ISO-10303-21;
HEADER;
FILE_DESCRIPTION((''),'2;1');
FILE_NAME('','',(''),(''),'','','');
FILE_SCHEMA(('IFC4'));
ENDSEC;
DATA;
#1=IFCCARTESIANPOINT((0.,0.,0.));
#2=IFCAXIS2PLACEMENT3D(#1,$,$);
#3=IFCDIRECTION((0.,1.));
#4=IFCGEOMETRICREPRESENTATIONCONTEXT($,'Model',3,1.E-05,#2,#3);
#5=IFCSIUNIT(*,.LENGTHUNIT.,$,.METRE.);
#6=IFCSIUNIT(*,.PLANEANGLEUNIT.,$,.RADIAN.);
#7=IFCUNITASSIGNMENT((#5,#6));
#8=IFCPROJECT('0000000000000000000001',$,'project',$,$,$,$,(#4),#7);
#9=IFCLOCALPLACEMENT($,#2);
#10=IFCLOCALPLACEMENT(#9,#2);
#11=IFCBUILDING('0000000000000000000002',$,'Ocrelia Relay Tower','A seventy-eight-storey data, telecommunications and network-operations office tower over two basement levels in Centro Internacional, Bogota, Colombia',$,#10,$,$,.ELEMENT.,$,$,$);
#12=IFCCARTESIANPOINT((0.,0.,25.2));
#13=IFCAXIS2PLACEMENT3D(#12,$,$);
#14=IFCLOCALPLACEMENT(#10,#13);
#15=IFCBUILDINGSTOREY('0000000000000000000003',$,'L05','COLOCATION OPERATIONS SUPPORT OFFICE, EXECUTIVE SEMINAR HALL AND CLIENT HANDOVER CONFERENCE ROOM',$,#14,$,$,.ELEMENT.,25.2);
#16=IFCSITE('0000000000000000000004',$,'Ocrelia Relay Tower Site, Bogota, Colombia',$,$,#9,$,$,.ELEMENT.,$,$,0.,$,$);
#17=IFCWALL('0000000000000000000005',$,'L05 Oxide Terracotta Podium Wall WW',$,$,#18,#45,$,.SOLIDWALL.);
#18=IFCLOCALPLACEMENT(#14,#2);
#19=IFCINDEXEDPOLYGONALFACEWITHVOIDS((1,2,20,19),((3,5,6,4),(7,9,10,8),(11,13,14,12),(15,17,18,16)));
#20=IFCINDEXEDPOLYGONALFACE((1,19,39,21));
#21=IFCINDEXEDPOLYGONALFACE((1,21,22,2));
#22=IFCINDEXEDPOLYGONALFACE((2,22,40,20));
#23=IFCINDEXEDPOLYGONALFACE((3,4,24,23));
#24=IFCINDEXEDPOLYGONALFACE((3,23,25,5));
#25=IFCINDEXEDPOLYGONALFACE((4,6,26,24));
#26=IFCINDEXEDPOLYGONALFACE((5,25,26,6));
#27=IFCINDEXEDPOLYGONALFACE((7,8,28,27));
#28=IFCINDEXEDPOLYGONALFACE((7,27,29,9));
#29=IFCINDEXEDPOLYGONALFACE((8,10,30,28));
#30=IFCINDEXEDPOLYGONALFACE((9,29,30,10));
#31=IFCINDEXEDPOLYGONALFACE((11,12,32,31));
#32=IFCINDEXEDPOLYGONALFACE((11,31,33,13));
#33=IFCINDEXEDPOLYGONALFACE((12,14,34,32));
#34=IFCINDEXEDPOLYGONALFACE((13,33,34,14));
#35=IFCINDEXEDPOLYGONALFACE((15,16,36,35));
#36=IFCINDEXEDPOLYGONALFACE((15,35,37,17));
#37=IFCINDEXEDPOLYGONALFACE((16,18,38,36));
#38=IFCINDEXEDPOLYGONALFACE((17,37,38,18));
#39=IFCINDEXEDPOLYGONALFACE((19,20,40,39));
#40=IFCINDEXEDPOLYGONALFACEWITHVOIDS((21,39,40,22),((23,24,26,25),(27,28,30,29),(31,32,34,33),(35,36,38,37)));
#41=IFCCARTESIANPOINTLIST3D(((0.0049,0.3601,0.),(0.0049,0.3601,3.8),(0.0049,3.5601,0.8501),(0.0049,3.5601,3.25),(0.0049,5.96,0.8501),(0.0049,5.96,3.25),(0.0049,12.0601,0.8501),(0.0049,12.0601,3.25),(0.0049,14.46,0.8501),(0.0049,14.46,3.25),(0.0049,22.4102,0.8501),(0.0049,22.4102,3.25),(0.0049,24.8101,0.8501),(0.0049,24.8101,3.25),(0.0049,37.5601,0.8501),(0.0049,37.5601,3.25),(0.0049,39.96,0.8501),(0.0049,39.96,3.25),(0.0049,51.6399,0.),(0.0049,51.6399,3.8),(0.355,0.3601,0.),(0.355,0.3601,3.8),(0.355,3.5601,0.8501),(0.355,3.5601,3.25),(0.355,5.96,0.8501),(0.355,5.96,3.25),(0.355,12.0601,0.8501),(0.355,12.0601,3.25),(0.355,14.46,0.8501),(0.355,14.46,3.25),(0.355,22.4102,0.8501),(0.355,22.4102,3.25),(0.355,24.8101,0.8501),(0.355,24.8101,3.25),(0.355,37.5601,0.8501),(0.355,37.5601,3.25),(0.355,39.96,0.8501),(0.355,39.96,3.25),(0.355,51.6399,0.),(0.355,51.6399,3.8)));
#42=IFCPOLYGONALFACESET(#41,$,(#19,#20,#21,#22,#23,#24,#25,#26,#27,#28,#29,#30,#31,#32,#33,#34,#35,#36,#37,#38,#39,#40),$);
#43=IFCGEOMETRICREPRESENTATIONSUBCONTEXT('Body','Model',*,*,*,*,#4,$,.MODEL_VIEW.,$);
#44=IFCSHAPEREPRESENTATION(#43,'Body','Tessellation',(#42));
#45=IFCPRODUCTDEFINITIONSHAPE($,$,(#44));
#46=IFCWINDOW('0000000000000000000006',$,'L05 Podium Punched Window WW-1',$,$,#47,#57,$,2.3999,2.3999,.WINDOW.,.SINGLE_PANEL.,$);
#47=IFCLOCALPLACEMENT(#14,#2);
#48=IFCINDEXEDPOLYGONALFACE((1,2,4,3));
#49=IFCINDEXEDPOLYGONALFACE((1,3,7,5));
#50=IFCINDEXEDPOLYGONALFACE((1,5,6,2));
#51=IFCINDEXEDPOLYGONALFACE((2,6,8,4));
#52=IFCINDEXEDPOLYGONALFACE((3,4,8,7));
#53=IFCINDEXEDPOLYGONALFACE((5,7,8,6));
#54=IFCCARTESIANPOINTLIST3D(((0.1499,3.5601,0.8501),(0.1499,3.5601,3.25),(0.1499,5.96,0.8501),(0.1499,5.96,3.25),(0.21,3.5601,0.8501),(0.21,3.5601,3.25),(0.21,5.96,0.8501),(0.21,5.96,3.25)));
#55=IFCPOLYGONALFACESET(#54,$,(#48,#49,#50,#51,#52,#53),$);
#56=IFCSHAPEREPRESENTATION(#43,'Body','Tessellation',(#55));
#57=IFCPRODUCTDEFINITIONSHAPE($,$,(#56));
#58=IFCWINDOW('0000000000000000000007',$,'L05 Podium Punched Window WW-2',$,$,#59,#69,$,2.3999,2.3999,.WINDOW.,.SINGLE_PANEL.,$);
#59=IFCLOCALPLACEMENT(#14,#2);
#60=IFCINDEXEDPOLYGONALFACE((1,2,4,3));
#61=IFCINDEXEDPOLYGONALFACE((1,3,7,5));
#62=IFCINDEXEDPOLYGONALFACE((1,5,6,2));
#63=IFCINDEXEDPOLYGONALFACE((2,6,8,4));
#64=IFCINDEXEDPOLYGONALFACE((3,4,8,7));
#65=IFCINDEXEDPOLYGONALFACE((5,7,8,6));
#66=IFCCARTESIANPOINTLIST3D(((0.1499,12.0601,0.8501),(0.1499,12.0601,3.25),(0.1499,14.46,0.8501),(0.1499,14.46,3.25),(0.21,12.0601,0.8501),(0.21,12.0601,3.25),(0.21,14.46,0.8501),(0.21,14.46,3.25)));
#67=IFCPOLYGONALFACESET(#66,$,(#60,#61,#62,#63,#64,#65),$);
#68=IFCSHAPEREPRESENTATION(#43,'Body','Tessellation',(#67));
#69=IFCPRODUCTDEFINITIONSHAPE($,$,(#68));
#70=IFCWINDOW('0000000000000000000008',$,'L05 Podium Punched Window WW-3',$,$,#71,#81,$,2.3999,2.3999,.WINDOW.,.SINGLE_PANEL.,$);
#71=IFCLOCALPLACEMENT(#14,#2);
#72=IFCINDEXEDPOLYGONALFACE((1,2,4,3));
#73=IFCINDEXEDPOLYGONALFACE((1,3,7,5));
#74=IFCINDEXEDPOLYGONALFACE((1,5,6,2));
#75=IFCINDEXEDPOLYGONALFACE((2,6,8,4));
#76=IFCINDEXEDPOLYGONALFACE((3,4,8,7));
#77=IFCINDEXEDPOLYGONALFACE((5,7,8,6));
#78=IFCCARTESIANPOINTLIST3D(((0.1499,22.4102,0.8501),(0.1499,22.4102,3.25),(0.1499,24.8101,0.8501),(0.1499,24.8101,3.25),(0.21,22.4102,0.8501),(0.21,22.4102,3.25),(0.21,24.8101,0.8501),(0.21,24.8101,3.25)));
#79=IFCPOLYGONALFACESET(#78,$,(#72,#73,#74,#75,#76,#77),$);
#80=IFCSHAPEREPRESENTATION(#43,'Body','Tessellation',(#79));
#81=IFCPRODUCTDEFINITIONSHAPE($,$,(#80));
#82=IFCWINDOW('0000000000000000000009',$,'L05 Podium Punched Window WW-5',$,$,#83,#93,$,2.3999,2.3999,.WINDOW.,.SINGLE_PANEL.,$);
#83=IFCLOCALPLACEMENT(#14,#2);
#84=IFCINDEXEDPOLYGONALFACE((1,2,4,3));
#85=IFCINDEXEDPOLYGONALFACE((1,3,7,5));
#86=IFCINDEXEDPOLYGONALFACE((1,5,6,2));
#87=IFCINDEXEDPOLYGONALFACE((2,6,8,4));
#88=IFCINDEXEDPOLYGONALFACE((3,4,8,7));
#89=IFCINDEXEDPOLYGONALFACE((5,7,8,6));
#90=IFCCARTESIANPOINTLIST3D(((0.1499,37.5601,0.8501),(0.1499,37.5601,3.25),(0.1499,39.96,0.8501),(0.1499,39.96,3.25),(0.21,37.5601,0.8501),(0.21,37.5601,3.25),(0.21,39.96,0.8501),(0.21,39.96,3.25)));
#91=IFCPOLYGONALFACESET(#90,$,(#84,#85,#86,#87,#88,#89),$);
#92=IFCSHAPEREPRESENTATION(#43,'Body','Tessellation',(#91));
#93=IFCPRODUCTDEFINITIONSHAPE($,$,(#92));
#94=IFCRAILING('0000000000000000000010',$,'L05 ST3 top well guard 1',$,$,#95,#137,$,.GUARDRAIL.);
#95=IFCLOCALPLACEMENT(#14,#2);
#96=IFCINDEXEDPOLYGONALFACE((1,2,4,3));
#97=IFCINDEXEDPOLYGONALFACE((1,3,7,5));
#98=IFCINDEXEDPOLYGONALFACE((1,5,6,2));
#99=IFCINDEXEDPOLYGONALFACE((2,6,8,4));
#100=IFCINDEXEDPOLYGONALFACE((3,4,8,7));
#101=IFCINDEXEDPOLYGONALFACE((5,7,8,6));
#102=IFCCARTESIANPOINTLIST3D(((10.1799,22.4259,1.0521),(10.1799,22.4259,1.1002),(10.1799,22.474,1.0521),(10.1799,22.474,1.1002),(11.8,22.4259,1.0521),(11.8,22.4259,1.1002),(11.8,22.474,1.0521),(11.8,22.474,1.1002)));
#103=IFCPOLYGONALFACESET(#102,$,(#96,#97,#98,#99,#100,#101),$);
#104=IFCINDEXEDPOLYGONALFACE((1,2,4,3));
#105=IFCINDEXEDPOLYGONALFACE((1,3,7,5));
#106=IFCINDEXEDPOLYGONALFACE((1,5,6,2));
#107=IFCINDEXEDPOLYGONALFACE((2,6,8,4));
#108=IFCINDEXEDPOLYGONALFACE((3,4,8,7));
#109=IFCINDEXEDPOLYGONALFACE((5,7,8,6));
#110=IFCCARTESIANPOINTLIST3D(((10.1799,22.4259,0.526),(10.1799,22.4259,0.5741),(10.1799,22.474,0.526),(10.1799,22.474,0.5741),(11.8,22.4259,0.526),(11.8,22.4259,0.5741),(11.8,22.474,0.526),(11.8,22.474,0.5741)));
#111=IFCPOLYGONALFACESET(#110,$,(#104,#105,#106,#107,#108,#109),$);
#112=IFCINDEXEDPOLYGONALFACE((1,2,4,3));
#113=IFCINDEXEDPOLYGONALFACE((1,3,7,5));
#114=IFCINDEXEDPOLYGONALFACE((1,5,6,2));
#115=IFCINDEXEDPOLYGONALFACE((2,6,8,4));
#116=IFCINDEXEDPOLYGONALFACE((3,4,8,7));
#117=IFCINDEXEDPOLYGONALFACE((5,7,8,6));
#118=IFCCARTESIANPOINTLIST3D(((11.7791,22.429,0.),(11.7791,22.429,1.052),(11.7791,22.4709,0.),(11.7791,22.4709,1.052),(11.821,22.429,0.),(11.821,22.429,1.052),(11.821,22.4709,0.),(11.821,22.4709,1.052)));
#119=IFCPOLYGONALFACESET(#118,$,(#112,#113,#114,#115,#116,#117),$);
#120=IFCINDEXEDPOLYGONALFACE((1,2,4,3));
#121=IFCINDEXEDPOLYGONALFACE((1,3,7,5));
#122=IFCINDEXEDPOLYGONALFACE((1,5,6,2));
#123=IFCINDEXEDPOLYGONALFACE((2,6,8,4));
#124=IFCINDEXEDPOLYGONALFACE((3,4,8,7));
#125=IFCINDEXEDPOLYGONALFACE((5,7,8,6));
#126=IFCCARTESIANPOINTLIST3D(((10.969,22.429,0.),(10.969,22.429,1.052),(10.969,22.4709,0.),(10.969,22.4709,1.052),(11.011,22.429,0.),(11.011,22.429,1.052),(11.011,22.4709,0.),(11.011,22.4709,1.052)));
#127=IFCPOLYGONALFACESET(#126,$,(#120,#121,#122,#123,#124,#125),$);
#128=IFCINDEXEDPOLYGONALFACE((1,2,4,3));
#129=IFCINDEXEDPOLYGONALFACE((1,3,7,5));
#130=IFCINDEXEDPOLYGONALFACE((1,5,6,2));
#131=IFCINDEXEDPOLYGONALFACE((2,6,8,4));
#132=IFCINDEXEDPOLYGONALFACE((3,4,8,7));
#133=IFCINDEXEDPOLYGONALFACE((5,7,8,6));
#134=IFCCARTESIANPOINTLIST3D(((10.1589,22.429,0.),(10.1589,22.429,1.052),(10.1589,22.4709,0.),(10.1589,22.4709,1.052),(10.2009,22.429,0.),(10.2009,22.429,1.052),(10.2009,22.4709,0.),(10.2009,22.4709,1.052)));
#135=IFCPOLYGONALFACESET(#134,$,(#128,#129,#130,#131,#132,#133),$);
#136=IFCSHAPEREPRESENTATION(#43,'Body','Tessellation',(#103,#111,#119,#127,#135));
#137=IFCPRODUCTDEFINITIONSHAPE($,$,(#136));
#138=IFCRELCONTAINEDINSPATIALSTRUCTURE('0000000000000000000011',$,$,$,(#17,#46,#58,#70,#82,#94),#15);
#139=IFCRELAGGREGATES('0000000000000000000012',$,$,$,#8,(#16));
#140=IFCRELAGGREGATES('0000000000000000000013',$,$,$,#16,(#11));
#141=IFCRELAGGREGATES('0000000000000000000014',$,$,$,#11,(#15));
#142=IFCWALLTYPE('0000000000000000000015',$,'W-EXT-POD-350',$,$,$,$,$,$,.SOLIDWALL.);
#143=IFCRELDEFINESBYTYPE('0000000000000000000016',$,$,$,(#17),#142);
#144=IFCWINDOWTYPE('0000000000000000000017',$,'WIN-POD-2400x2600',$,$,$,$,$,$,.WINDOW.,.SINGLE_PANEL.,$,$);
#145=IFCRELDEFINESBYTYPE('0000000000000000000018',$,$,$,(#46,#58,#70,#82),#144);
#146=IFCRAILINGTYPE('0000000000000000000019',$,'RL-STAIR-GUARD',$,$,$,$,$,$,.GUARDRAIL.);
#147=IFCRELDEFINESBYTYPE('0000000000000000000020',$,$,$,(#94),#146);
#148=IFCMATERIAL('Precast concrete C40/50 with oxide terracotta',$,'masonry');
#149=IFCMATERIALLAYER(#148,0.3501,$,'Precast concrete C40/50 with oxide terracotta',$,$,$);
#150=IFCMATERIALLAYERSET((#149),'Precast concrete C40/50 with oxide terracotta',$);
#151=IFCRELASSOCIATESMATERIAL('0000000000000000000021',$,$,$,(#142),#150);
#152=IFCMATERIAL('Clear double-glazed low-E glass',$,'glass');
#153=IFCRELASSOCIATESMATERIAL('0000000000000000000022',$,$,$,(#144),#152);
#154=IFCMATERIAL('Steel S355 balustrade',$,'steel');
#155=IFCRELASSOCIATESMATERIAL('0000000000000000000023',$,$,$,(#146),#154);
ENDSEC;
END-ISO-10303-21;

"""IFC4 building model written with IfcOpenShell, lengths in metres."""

from ifc_helpers import new_model, si_unit, direction, frame, frame_2d, origin, origin_2d, place, context, subcontext, project, spatial, rectangle, extrude, material, layer, layer_set, type_object, element, fill, save


model = new_model("IFC4")

# Units and contexts
model_context = context("Model", 3, precision=1e-05, world=origin(), true_north=direction((0.0, 1.0)))
body_context = subcontext(model_context, "Body", "Model", "MODEL_VIEW")
ifc_project = project(units=[si_unit("LENGTHUNIT", "METRE"), si_unit("PLANEANGLEUNIT", "RADIAN")], contexts=[model_context])

# Site, building, storey
site_placement = place(None, origin())
site = spatial("IfcSite", under=ifc_project, at=site_placement, Name="Ocrelia Relay Tower Site, Bogota, Colombia", CompositionType="ELEMENT", RefElevation=0.0)
building_placement = place(site_placement, origin())
building = spatial("IfcBuilding", under=site, at=building_placement, Name="Ocrelia Relay Tower", Description="A seventy-eight-storey data, telecommunications and network-operations office tower over two basement levels in Centro Internacional, Bogota, Colombia", CompositionType="ELEMENT")
storey_placement = place(building_placement, frame((0.0, 0.0, 25.2)))
storey = spatial("IfcBuildingStorey", under=building, at=storey_placement, Name="L05", Description="COLOCATION OPERATIONS SUPPORT OFFICE, EXECUTIVE SEMINAR HALL AND CLIENT HANDOVER CONFERENCE ROOM", CompositionType="ELEMENT", Elevation=25.2)

# Wall, openings, windows
ifc_material_1 = material(Name="Precast concrete C40/50 with oxide terracotta", Category="masonry")
ifc_layer_1 = layer(ifc_material_1, 0.3501, Name="Precast concrete C40/50 with oxide terracotta")
ifc_layer_set_1 = layer_set([ifc_layer_1], Name="Precast concrete C40/50 with oxide terracotta")
wall_type_1 = type_object("IfcWallType", Name="W-EXT-POD-350", PredefinedType="SOLIDWALL", material=ifc_layer_set_1)
wall_1_placement = place(storey_placement, frame((0.1799, 0.3601, 0.0), z_axis=(0.0, 0.0, 1.0), x_axis=(0.0, 1.0, 0.0)))
wall_1 = element("IfcWall", 1, at=wall_1_placement, inside=storey, type_object=wall_type_1, Name="L05 Oxide Terracotta Podium Wall WW", PredefinedType="SOLIDWALL", context=body_context, shape_type="SweptSolid", body=[
    extrude(rectangle(XDim=51.2798, YDim=0.3501, at=frame_2d((25.6399, 0.0))), origin(), (0.0, 0.0, 1.0), 3.8),
])
opening_1_placement = place(wall_1_placement, frame((3.2, 0.0, 0.8501)))
opening_1 = element("IfcOpeningElement", 2, at=opening_1_placement, cuts=wall_1, PredefinedType="OPENING", context=body_context, shape_type="SweptSolid", body=[
    extrude(rectangle(XDim=2.3999, YDim=2.3999, at=frame_2d((1.2, 1.2))), frame((0.0, 0.1851, 0.0), z_axis=(0.0, -1.0, 0.0), x_axis=(1.0, 0.0, 0.0)), (0.0, 0.0, 1.0), 0.3701),
])
opening_2_placement = place(wall_1_placement, frame((11.7, 0.0, 0.8501)))
opening_2 = element("IfcOpeningElement", 3, at=opening_2_placement, cuts=wall_1, PredefinedType="OPENING", context=body_context, shape_type="SweptSolid", body=[
    extrude(rectangle(XDim=2.3999, YDim=2.3999, at=frame_2d((1.2, 1.2))), frame((0.0, 0.1851, 0.0), z_axis=(0.0, -1.0, 0.0), x_axis=(1.0, 0.0, 0.0)), (0.0, 0.0, 1.0), 0.3701),
])
opening_3_placement = place(wall_1_placement, frame((22.05, 0.0, 0.8501)))
opening_3 = element("IfcOpeningElement", 4, at=opening_3_placement, cuts=wall_1, PredefinedType="OPENING", context=body_context, shape_type="SweptSolid", body=[
    extrude(rectangle(XDim=2.3999, YDim=2.3999, at=frame_2d((1.2, 1.2))), frame((0.0, 0.1851, 0.0), z_axis=(0.0, -1.0, 0.0), x_axis=(1.0, 0.0, 0.0)), (0.0, 0.0, 1.0), 0.3701),
])
opening_4_placement = place(wall_1_placement, frame((37.2, 0.0, 0.8501)))
opening_4 = element("IfcOpeningElement", 5, at=opening_4_placement, cuts=wall_1, PredefinedType="OPENING", context=body_context, shape_type="SweptSolid", body=[
    extrude(rectangle(XDim=2.3999, YDim=2.3999, at=frame_2d((1.2, 1.2))), frame((0.0, 0.1851, 0.0), z_axis=(0.0, -1.0, 0.0), x_axis=(1.0, 0.0, 0.0)), (0.0, 0.0, 1.0), 0.3701),
])
ifc_material_2 = material(Name="Clear double-glazed low-E glass", Category="glass")
window_type = type_object("IfcWindowType", Name="WIN-POD-2400x2600", PartitioningType="SINGLE_PANEL", PredefinedType="WINDOW", material=ifc_material_2)
window_1_placement = place(opening_1_placement, origin())
window_1 = element("IfcWindow", 6, at=window_1_placement, inside=storey, type_object=window_type, Name="L05 Podium Punched Window WW-1", OverallHeight=2.3999, OverallWidth=2.3999, PartitioningType="SINGLE_PANEL", PredefinedType="WINDOW", context=body_context, shape_type="SweptSolid", body=[
    extrude(rectangle(XDim=2.3999, YDim=2.3999, at=frame_2d((1.2, 1.2))), frame((0.0, 0.03, 0.0), z_axis=(0.0, -1.0, 0.0), x_axis=(1.0, 0.0, 0.0)), (0.0, 0.0, 1.0), 0.0601),
])
fill(opening_1, window_1)
window_2_placement = place(opening_2_placement, origin())
window_2 = element("IfcWindow", 7, at=window_2_placement, inside=storey, type_object=window_type, Name="L05 Podium Punched Window WW-2", OverallHeight=2.3999, OverallWidth=2.3999, PartitioningType="SINGLE_PANEL", PredefinedType="WINDOW", context=body_context, shape_type="SweptSolid", body=[
    extrude(rectangle(XDim=2.3999, YDim=2.3999, at=frame_2d((1.2, 1.2))), frame((0.0, 0.03, 0.0), z_axis=(0.0, -1.0, 0.0), x_axis=(1.0, 0.0, 0.0)), (0.0, 0.0, 1.0), 0.0601),
])
fill(opening_2, window_2)
window_3_placement = place(opening_3_placement, origin())
window_3 = element("IfcWindow", 8, at=window_3_placement, inside=storey, type_object=window_type, Name="L05 Podium Punched Window WW-3", OverallHeight=2.3999, OverallWidth=2.3999, PartitioningType="SINGLE_PANEL", PredefinedType="WINDOW", context=body_context, shape_type="SweptSolid", body=[
    extrude(rectangle(XDim=2.3999, YDim=2.3999, at=frame_2d((1.2, 1.2))), frame((0.0, 0.03, 0.0), z_axis=(0.0, -1.0, 0.0), x_axis=(1.0, 0.0, 0.0)), (0.0, 0.0, 1.0), 0.0601),
])
fill(opening_3, window_3)
window_4_placement = place(opening_4_placement, origin())
window_4 = element("IfcWindow", 9, at=window_4_placement, inside=storey, type_object=window_type, Name="L05 Podium Punched Window WW-5", OverallHeight=2.3999, OverallWidth=2.3999, PartitioningType="SINGLE_PANEL", PredefinedType="WINDOW", context=body_context, shape_type="SweptSolid", body=[
    extrude(rectangle(XDim=2.3999, YDim=2.3999, at=frame_2d((1.2, 1.2))), frame((0.0, 0.03, 0.0), z_axis=(0.0, -1.0, 0.0), x_axis=(1.0, 0.0, 0.0)), (0.0, 0.0, 1.0), 0.0601),
])
fill(opening_4, window_4)

# Railing
ifc_material_3 = material(Name="Steel S355 balustrade", Category="steel")
railing_type = type_object("IfcRailingType", Name="RL-STAIR-GUARD", PredefinedType="GUARDRAIL", material=ifc_material_3)
railing_placement = place(storey_placement, frame((11.8, 22.45, 0.0)))
element("IfcRailing", 10, at=railing_placement, inside=storey, type_object=railing_type, Name="L05 ST3 top well guard 1", PredefinedType="GUARDRAIL", context=body_context, shape_type="SweptSolid", body=[
    extrude(rectangle(XDim=0.0481, YDim=0.0481, at=origin_2d()), frame((0.0, 0.0, 1.0762), z_axis=(-1.0, 0.0, 0.0), x_axis=(0.0, -1.0, 0.0)), (0.0, 0.0, 1.0), 1.6201),
    extrude(rectangle(XDim=0.0481, YDim=0.0481, at=origin_2d()), frame((0.0, 0.0, 0.55), z_axis=(-1.0, 0.0, 0.0), x_axis=(0.0, -1.0, 0.0)), (0.0, 0.0, 1.0), 1.6201),
    extrude(rectangle(XDim=0.042, YDim=0.042, at=origin_2d()), origin(), (0.0, 0.0, 1.0), 1.052),
    extrude(rectangle(XDim=0.042, YDim=0.042, at=origin_2d()), frame((-0.8101, 0.0, 0.0)), (0.0, 0.0, 1.0), 1.052),
    extrude(rectangle(XDim=0.042, YDim=0.042, at=origin_2d()), frame((-1.6201, 0.0, 0.0)), (0.0, 0.0, 1.0), 1.052),
])

save(model, "model.ifc")
